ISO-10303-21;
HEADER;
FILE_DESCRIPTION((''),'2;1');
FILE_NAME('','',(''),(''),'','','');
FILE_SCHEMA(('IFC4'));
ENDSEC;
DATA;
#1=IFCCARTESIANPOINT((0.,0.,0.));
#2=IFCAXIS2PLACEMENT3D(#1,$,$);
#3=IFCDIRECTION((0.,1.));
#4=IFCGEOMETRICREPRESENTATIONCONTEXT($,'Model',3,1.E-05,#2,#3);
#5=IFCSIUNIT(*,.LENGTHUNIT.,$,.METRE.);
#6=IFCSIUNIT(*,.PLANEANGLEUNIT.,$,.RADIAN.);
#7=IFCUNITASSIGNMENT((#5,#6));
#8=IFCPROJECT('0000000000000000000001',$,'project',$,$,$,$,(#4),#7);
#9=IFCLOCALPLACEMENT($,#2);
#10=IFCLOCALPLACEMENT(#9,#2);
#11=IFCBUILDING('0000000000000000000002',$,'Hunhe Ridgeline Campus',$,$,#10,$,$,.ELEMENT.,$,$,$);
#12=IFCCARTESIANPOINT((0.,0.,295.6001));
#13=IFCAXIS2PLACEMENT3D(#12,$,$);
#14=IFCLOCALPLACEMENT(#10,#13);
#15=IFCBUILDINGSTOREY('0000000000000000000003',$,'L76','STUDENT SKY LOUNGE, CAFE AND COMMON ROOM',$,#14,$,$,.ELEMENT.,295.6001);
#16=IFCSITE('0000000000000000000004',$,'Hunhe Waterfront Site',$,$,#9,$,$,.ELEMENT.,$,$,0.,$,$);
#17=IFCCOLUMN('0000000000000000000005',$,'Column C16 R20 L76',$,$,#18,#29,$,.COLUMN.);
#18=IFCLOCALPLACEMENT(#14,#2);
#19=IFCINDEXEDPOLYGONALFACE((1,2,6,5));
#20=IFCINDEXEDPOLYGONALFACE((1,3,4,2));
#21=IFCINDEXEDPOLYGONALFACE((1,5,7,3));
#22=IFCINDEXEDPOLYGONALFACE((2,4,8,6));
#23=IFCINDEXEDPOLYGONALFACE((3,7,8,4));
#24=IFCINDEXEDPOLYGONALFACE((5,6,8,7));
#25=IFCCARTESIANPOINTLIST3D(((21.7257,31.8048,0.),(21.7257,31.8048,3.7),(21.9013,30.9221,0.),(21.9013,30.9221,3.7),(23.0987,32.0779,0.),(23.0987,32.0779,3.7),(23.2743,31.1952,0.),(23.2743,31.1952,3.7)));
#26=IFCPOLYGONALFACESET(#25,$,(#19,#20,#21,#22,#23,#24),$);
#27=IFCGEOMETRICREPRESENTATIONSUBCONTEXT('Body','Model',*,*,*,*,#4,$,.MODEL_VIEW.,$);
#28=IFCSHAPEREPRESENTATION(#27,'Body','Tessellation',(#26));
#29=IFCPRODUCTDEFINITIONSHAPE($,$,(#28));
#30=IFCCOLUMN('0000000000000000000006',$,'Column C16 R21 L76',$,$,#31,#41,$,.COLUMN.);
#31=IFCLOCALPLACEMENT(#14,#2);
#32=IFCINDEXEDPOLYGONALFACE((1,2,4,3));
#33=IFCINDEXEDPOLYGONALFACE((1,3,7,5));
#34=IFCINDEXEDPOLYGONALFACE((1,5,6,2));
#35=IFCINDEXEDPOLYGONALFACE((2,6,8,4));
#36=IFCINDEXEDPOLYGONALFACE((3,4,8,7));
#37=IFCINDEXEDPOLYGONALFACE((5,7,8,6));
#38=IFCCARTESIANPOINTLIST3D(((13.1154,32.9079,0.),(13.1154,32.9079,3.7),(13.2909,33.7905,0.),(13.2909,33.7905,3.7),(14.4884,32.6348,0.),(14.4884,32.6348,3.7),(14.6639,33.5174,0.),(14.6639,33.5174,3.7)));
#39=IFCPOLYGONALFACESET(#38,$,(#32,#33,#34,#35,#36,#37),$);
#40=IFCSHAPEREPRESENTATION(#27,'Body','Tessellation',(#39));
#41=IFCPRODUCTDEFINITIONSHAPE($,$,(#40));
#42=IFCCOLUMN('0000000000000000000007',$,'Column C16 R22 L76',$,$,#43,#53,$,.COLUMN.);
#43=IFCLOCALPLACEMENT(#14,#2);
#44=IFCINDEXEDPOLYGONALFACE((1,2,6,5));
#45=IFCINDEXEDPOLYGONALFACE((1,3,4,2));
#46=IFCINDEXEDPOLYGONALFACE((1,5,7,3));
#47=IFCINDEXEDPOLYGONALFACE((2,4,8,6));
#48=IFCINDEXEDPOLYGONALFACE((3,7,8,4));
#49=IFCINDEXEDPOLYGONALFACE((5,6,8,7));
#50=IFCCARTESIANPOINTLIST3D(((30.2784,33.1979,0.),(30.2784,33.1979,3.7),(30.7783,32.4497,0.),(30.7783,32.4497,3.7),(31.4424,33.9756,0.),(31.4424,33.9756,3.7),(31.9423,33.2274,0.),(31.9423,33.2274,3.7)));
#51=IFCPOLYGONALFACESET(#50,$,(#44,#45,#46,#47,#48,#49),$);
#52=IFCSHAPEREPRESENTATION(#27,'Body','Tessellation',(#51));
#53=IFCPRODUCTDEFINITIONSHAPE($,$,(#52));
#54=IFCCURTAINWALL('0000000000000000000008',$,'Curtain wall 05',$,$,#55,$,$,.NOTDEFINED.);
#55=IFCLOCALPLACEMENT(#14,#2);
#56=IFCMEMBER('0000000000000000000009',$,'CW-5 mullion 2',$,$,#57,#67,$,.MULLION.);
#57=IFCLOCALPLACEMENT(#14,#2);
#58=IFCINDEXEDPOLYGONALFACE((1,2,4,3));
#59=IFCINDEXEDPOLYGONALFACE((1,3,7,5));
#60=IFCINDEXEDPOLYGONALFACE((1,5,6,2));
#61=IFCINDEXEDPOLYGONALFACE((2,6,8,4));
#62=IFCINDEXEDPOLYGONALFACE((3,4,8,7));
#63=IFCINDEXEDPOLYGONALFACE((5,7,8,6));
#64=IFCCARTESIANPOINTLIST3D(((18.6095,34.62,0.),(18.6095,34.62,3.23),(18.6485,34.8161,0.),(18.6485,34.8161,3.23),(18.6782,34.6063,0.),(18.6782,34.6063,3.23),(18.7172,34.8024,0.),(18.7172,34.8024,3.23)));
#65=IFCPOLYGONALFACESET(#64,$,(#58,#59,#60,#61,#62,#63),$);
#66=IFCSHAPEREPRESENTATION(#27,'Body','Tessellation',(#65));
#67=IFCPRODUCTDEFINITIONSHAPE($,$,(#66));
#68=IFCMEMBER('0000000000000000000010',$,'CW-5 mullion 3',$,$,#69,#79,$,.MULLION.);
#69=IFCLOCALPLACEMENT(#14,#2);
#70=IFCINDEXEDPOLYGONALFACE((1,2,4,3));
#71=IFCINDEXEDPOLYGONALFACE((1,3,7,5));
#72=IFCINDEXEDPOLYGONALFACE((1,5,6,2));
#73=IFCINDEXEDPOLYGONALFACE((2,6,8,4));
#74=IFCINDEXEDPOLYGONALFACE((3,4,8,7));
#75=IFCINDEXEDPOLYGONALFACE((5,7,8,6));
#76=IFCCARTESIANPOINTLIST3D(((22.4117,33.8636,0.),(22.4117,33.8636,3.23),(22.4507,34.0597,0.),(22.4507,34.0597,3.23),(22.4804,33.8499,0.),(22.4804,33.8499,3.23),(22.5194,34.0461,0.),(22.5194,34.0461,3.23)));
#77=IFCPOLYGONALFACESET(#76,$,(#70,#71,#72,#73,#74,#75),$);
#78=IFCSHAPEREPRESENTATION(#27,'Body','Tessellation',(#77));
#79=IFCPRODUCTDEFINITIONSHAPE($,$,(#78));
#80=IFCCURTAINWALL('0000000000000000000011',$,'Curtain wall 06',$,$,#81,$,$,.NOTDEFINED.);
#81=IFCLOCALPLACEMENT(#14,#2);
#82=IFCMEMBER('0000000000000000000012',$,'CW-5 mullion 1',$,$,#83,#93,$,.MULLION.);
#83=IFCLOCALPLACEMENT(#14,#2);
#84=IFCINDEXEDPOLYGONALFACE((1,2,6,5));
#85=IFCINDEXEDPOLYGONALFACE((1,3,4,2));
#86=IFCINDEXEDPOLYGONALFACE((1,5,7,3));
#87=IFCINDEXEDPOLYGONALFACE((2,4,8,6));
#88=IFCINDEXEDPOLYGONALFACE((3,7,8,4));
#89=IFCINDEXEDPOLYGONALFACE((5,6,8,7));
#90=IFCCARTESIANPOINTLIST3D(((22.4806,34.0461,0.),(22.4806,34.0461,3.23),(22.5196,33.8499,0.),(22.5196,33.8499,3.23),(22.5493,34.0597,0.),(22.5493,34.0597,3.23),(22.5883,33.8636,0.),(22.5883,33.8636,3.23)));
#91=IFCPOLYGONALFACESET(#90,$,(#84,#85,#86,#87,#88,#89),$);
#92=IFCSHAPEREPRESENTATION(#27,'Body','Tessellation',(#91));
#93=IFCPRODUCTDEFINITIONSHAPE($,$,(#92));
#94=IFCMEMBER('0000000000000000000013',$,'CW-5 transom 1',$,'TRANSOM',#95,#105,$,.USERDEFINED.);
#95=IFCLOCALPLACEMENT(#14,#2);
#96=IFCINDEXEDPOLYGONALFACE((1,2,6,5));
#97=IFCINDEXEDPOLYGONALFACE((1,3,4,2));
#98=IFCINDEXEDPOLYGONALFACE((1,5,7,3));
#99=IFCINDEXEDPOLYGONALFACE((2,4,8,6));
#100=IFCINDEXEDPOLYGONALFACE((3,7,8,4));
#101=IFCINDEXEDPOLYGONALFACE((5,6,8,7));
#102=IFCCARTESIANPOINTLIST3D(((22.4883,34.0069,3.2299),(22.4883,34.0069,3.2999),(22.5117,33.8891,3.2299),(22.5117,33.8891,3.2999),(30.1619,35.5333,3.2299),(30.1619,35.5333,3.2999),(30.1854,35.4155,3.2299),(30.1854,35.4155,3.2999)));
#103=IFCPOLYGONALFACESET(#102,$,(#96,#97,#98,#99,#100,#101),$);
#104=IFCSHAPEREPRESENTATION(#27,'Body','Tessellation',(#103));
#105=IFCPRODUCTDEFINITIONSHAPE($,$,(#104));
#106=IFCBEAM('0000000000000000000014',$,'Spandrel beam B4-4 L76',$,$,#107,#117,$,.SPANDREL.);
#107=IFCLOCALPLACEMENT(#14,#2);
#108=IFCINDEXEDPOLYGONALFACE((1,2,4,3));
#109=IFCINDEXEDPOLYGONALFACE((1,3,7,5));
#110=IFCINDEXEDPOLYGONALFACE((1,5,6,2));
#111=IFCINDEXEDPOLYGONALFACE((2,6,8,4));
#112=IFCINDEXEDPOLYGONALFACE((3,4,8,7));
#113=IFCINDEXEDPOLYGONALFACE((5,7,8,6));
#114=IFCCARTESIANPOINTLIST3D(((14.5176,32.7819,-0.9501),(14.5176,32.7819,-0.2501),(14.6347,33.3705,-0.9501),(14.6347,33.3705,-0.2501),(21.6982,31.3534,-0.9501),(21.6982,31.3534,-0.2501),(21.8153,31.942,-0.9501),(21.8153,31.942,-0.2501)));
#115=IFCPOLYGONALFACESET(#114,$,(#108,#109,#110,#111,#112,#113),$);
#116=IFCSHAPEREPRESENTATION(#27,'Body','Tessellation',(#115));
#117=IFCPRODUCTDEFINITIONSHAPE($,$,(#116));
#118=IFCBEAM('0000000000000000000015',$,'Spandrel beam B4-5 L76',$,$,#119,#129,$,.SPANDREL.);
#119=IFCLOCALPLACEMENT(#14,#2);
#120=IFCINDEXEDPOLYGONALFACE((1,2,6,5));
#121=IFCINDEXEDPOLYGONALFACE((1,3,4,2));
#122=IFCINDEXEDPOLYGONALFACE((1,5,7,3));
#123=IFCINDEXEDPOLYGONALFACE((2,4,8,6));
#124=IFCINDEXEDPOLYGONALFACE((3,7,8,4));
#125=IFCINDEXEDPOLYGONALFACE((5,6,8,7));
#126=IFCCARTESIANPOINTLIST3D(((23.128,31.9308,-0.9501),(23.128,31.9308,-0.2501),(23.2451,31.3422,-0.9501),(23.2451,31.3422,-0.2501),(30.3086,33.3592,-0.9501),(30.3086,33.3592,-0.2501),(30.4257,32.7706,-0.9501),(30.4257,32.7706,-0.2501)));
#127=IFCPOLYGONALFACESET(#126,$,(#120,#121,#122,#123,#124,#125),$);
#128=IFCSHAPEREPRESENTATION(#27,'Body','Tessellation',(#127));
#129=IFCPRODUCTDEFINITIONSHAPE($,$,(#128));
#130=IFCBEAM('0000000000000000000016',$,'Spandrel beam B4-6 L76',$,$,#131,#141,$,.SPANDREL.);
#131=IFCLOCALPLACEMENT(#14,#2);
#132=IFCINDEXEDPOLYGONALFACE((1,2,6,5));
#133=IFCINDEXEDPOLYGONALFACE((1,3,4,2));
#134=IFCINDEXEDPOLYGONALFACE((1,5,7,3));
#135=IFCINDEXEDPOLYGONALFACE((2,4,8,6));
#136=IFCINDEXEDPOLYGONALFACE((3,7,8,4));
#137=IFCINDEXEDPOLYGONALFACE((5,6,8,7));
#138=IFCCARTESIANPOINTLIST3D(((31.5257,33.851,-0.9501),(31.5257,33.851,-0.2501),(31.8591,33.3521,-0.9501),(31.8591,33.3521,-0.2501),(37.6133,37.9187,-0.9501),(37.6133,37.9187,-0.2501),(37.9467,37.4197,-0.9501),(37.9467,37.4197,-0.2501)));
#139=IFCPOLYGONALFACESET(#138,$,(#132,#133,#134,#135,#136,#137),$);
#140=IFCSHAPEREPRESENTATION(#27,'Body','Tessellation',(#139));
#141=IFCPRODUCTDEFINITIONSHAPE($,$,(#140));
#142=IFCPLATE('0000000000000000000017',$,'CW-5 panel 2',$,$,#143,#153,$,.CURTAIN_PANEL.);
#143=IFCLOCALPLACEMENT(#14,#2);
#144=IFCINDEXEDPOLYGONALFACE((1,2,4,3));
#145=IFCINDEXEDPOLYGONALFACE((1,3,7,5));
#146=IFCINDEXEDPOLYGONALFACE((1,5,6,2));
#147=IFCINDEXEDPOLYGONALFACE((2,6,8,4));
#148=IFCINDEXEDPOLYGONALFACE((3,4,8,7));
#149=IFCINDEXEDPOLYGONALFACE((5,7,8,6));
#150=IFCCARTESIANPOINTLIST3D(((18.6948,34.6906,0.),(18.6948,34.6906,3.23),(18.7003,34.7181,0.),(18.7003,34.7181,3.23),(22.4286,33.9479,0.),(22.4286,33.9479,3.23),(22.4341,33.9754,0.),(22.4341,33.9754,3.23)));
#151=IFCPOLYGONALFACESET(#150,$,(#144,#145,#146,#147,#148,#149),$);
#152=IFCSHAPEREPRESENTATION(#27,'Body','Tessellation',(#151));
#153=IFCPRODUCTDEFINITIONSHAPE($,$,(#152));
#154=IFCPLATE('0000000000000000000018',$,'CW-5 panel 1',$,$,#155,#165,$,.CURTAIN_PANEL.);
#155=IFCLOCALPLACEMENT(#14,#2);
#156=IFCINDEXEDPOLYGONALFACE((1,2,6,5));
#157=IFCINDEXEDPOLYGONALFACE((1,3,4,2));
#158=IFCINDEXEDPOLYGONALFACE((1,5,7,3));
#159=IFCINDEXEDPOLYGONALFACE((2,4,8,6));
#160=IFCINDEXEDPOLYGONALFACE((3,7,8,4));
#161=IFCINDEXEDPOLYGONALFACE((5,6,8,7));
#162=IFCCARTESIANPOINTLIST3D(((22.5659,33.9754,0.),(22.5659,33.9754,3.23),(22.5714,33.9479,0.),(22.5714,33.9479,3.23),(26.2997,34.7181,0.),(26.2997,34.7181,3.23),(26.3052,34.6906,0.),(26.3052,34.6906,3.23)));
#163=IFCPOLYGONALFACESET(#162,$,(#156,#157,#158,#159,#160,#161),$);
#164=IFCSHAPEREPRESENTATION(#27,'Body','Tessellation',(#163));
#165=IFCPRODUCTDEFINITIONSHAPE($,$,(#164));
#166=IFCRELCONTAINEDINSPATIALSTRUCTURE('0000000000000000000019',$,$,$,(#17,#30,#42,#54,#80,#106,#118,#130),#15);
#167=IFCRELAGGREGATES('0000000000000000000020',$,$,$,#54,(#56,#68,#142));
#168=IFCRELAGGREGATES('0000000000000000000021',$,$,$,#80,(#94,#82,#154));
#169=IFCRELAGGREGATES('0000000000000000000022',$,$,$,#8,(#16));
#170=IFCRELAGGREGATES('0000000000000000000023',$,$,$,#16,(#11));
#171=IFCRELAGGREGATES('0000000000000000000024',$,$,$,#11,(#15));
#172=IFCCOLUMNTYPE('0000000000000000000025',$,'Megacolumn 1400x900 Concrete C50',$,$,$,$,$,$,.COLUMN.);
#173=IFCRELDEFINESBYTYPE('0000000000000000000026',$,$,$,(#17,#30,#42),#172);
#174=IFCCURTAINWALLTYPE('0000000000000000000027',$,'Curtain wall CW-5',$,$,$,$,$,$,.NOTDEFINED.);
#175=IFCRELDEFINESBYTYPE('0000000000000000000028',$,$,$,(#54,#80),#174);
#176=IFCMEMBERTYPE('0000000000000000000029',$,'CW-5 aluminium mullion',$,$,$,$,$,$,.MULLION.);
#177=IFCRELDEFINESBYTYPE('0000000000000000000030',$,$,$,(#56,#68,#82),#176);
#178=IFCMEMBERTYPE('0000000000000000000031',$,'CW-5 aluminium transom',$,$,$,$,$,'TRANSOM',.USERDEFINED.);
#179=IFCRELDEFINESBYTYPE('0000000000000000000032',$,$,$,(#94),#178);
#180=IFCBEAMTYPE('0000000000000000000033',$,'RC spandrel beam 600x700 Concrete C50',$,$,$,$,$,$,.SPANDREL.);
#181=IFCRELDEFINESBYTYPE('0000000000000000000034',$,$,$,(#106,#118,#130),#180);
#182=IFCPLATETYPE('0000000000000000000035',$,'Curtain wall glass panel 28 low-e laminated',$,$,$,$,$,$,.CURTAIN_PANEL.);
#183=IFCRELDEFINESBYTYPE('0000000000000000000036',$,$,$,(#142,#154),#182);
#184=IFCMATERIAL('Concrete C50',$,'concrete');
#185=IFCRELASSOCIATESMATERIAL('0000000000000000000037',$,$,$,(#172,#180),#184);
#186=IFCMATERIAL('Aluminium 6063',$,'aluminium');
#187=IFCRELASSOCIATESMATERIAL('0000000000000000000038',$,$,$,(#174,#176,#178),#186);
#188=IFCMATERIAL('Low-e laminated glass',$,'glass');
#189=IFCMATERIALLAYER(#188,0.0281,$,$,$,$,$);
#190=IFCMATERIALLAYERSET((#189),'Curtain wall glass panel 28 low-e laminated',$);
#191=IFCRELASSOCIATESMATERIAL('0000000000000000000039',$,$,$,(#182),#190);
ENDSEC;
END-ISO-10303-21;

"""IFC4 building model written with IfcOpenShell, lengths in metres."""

from ifc_helpers import new_model, si_unit, direction, frame, origin, origin_2d, place, context, subcontext, project, spatial, rectangle, extrude, material, layer, layer_set, material_profile, profile_set, type_object, element, aggregate, save


model = new_model("IFC4")

# Units and contexts
model_context = context("Model", 3, precision=1e-05, world=origin(), true_north=direction((0.0, 1.0)))
body_context = subcontext(model_context, "Body", "Model", "MODEL_VIEW")
ifc_project = project(units=[si_unit("LENGTHUNIT", "METRE"), si_unit("PLANEANGLEUNIT", "RADIAN")], contexts=[model_context])

# Site, building, storey
site_placement = place(None, origin())
site = spatial("IfcSite", under=ifc_project, at=site_placement, Name="Hunhe Waterfront Site", CompositionType="ELEMENT", RefElevation=0.0)
building_placement = place(site_placement, origin())
building = spatial("IfcBuilding", under=site, at=building_placement, Name="Hunhe Ridgeline Campus", CompositionType="ELEMENT")
storey_placement = place(building_placement, frame((0.0, 0.0, 295.6001)))
storey = spatial("IfcBuildingStorey", under=building, at=storey_placement, Name="L76", Description="STUDENT SKY LOUNGE, CAFE AND COMMON ROOM", CompositionType="ELEMENT", Elevation=295.6001)

# Columns
ifc_material_1 = material(Name="Concrete C50", Category="concrete")
ifc_material_profile_1 = material_profile(ifc_material_1, rectangle(XDim=1.3999, YDim=0.8999, at=origin_2d()))
ifc_profile_set_1 = profile_set([ifc_material_profile_1], Name="Concrete C50")
column_type = type_object("IfcColumnType", Name="Megacolumn 1400x900 Concrete C50", PredefinedType="COLUMN", material=ifc_profile_set_1)
for number, where, z_axis, x_axis, name in (
    (1, (22.5, 31.5, 0.0), (0.0, 0.0, 1.0), (0.980785, 0.19509, 0.0), "Column C16 R20 L76"),
    (2, (13.8896, 33.2126, 0.0), (0.0, 0.0, 1.0), (-0.980785, 0.19509, 0.0), "Column C16 R21 L76"),
    (3, (31.1104, 33.2126, 0.0), (0.0, 0.0, 1.0), (0.83147, 0.55557, 0.0), "Column C16 R22 L76"),
):
    element("IfcColumn", number, at=place(storey_placement, frame(where, z_axis=z_axis, x_axis=x_axis)), inside=storey, type_object=column_type, Name=name, PredefinedType="COLUMN", context=body_context, shape_type="SweptSolid", body=[
        extrude(rectangle(XDim=1.3999, YDim=0.8999, at=origin_2d()), origin(), (0.0, 0.0, 1.0), 3.7),
    ])

# Curtain walls, members
ifc_material_2 = material(Name="Aluminium 6063", Category="aluminium")
curtain_wall_type = type_object("IfcCurtainWallType", Name="Curtain wall CW-5", PredefinedType="NOTDEFINED", material=ifc_material_2)
curtain_wall_1_placement = place(storey_placement, origin())
curtain_wall_1 = element("IfcCurtainWall", 4, at=curtain_wall_1_placement, inside=storey, type_object=curtain_wall_type, Name="Curtain wall 05", PredefinedType="NOTDEFINED")
ifc_material_profile_2 = material_profile(ifc_material_2, rectangle(XDim=0.2, YDim=0.0701, at=origin_2d()))
ifc_profile_set_2 = profile_set([ifc_material_profile_2], Name="Aluminium 6063")
member_type_1 = type_object("IfcMemberType", Name="CW-5 aluminium mullion", PredefinedType="MULLION", material=ifc_profile_set_2)
member_1_placement = place(storey_placement, frame((18.6633, 34.7112, 0.0), z_axis=(0.0, 0.0, 1.0), x_axis=(0.19509, 0.980785, 0.0)))
member_1 = element("IfcMember", 5, at=member_1_placement, type_object=member_type_1, Name="CW-5 mullion 2", PredefinedType="MULLION", context=body_context, shape_type="SweptSolid", body=[
    extrude(rectangle(XDim=0.2, YDim=0.0701, at=origin_2d()), origin(), (0.0, 0.0, 1.0), 3.23),
])
member_2_placement = place(storey_placement, frame((22.4656, 33.9548, 0.0), z_axis=(0.0, 0.0, 1.0), x_axis=(0.19509, 0.980785, 0.0)))
member_2 = element("IfcMember", 6, at=member_2_placement, type_object=member_type_1, Name="CW-5 mullion 3", PredefinedType="MULLION", context=body_context, shape_type="SweptSolid", body=[
    extrude(rectangle(XDim=0.2, YDim=0.0701, at=origin_2d()), origin(), (0.0, 0.0, 1.0), 3.23),
])
curtain_wall_2_placement = place(storey_placement, origin())
curtain_wall_2 = element("IfcCurtainWall", 7, at=curtain_wall_2_placement, inside=storey, type_object=curtain_wall_type, Name="Curtain wall 06", PredefinedType="NOTDEFINED")
member_3_placement = place(storey_placement, frame((22.5344, 33.9548, 0.0), z_axis=(0.0, 0.0, 1.0), x_axis=(-0.19509, 0.980785, 0.0)))
member_3 = element("IfcMember", 8, at=member_3_placement, type_object=member_type_1, Name="CW-5 mullion 1", PredefinedType="MULLION", context=body_context, shape_type="SweptSolid", body=[
    extrude(rectangle(XDim=0.2, YDim=0.0701, at=origin_2d()), origin(), (0.0, 0.0, 1.0), 3.23),
])
ifc_material_profile_3 = material_profile(ifc_material_2, rectangle(XDim=0.1201, YDim=0.0701, at=origin_2d()))
ifc_profile_set_3 = profile_set([ifc_material_profile_3], Name="Aluminium 6063")
member_type_2 = type_object("IfcMemberType", Name="CW-5 aluminium transom", ElementType="TRANSOM", PredefinedType="USERDEFINED", material=ifc_profile_set_3)
member_4_placement = place(storey_placement, frame((22.5, 33.948, 3.2649), z_axis=(0.980785, 0.19509, 0.0), x_axis=(-0.19509, 0.980785, 0.0)))
member_4 = element("IfcMember", 9, at=member_4_placement, type_object=member_type_2, Name="CW-5 transom 1", ObjectType="TRANSOM", PredefinedType="USERDEFINED", context=body_context, shape_type="SweptSolid", body=[
    extrude(rectangle(XDim=0.1201, YDim=0.0701, at=origin_2d()), origin(), (0.0, 0.0, 1.0), 7.824),
])

# Beams
ifc_material_profile_4 = material_profile(ifc_material_1, rectangle(XDim=0.6001, YDim=0.7, at=origin_2d()))
ifc_profile_set_4 = profile_set([ifc_material_profile_4], Name="Concrete C50")
beam_type = type_object("IfcBeamType", Name="RC spandrel beam 600x700 Concrete C50", PredefinedType="SPANDREL", material=ifc_profile_set_4)
for number, where, z_axis, x_axis, name in (
    (10, (14.5762, 33.0762, -0.6001), (0.980782, -0.195109, 0.0), (0.195109, 0.980782, 0.0), "Spandrel beam B4-4 L76"),
    (11, (23.1865, 31.6365, -0.6001), (0.980782, 0.195109, 0.0), (-0.195109, 0.980782, 0.0), "Spandrel beam B4-5 L76"),
):
    element("IfcBeam", number, at=place(storey_placement, frame(where, z_axis=z_axis, x_axis=x_axis)), inside=storey, type_object=beam_type, Name=name, PredefinedType="SPANDREL", context=body_context, shape_type="SweptSolid", body=[
        extrude(rectangle(XDim=0.6001, YDim=0.7, at=origin_2d()), origin(), (0.0, 0.0, 1.0), 7.3213),
    ])
beam_placement = place(storey_placement, frame((31.6924, 33.6016, -0.6001), z_axis=(0.83147, 0.555569, 0.0), x_axis=(-0.555569, 0.83147, 0.0)))
element("IfcBeam", 12, at=beam_placement, inside=storey, type_object=beam_type, Name="Spandrel beam B4-6 L76", PredefinedType="SPANDREL", context=body_context, shape_type="SweptSolid", body=[
    extrude(rectangle(XDim=0.6001, YDim=0.7, at=origin_2d()), origin(), (0.0, 0.0, 1.0), 7.3215),
])

# Plates
ifc_material_3 = material(Name="Low-e laminated glass", Category="glass")
ifc_layer_1 = layer(ifc_material_3, 0.0281)
ifc_layer_set_1 = layer_set([ifc_layer_1], Name="Curtain wall glass panel 28 low-e laminated")
plate_type = type_object("IfcPlateType", Name="Curtain wall glass panel 28 low-e laminated", PredefinedType="CURTAIN_PANEL", material=ifc_layer_set_1)
plate_1_placement = place(storey_placement, frame((20.5645, 34.333, 0.0), z_axis=(0.0, 0.0, 1.0), x_axis=(0.980785, -0.19509, 0.0)))
plate_1 = element("IfcPlate", 13, at=plate_1_placement, type_object=plate_type, Name="CW-5 panel 2", PredefinedType="CURTAIN_PANEL", context=body_context, shape_type="SweptSolid", body=[
    extrude(rectangle(XDim=3.8069, YDim=0.0281, at=origin_2d()), origin(), (0.0, 0.0, 1.0), 3.23),
])
aggregate(curtain_wall_1, [member_1, member_2, plate_1])
plate_2_placement = place(storey_placement, frame((24.4355, 34.333, 0.0), z_axis=(0.0, 0.0, 1.0), x_axis=(0.980785, 0.19509, 0.0)))
plate_2 = element("IfcPlate", 14, at=plate_2_placement, type_object=plate_type, Name="CW-5 panel 1", PredefinedType="CURTAIN_PANEL", context=body_context, shape_type="SweptSolid", body=[
    extrude(rectangle(XDim=3.8069, YDim=0.0281, at=origin_2d()), origin(), (0.0, 0.0, 1.0), 3.23),
])
aggregate(curtain_wall_2, [member_4, member_3, plate_2])

save(model, "model.ifc")
